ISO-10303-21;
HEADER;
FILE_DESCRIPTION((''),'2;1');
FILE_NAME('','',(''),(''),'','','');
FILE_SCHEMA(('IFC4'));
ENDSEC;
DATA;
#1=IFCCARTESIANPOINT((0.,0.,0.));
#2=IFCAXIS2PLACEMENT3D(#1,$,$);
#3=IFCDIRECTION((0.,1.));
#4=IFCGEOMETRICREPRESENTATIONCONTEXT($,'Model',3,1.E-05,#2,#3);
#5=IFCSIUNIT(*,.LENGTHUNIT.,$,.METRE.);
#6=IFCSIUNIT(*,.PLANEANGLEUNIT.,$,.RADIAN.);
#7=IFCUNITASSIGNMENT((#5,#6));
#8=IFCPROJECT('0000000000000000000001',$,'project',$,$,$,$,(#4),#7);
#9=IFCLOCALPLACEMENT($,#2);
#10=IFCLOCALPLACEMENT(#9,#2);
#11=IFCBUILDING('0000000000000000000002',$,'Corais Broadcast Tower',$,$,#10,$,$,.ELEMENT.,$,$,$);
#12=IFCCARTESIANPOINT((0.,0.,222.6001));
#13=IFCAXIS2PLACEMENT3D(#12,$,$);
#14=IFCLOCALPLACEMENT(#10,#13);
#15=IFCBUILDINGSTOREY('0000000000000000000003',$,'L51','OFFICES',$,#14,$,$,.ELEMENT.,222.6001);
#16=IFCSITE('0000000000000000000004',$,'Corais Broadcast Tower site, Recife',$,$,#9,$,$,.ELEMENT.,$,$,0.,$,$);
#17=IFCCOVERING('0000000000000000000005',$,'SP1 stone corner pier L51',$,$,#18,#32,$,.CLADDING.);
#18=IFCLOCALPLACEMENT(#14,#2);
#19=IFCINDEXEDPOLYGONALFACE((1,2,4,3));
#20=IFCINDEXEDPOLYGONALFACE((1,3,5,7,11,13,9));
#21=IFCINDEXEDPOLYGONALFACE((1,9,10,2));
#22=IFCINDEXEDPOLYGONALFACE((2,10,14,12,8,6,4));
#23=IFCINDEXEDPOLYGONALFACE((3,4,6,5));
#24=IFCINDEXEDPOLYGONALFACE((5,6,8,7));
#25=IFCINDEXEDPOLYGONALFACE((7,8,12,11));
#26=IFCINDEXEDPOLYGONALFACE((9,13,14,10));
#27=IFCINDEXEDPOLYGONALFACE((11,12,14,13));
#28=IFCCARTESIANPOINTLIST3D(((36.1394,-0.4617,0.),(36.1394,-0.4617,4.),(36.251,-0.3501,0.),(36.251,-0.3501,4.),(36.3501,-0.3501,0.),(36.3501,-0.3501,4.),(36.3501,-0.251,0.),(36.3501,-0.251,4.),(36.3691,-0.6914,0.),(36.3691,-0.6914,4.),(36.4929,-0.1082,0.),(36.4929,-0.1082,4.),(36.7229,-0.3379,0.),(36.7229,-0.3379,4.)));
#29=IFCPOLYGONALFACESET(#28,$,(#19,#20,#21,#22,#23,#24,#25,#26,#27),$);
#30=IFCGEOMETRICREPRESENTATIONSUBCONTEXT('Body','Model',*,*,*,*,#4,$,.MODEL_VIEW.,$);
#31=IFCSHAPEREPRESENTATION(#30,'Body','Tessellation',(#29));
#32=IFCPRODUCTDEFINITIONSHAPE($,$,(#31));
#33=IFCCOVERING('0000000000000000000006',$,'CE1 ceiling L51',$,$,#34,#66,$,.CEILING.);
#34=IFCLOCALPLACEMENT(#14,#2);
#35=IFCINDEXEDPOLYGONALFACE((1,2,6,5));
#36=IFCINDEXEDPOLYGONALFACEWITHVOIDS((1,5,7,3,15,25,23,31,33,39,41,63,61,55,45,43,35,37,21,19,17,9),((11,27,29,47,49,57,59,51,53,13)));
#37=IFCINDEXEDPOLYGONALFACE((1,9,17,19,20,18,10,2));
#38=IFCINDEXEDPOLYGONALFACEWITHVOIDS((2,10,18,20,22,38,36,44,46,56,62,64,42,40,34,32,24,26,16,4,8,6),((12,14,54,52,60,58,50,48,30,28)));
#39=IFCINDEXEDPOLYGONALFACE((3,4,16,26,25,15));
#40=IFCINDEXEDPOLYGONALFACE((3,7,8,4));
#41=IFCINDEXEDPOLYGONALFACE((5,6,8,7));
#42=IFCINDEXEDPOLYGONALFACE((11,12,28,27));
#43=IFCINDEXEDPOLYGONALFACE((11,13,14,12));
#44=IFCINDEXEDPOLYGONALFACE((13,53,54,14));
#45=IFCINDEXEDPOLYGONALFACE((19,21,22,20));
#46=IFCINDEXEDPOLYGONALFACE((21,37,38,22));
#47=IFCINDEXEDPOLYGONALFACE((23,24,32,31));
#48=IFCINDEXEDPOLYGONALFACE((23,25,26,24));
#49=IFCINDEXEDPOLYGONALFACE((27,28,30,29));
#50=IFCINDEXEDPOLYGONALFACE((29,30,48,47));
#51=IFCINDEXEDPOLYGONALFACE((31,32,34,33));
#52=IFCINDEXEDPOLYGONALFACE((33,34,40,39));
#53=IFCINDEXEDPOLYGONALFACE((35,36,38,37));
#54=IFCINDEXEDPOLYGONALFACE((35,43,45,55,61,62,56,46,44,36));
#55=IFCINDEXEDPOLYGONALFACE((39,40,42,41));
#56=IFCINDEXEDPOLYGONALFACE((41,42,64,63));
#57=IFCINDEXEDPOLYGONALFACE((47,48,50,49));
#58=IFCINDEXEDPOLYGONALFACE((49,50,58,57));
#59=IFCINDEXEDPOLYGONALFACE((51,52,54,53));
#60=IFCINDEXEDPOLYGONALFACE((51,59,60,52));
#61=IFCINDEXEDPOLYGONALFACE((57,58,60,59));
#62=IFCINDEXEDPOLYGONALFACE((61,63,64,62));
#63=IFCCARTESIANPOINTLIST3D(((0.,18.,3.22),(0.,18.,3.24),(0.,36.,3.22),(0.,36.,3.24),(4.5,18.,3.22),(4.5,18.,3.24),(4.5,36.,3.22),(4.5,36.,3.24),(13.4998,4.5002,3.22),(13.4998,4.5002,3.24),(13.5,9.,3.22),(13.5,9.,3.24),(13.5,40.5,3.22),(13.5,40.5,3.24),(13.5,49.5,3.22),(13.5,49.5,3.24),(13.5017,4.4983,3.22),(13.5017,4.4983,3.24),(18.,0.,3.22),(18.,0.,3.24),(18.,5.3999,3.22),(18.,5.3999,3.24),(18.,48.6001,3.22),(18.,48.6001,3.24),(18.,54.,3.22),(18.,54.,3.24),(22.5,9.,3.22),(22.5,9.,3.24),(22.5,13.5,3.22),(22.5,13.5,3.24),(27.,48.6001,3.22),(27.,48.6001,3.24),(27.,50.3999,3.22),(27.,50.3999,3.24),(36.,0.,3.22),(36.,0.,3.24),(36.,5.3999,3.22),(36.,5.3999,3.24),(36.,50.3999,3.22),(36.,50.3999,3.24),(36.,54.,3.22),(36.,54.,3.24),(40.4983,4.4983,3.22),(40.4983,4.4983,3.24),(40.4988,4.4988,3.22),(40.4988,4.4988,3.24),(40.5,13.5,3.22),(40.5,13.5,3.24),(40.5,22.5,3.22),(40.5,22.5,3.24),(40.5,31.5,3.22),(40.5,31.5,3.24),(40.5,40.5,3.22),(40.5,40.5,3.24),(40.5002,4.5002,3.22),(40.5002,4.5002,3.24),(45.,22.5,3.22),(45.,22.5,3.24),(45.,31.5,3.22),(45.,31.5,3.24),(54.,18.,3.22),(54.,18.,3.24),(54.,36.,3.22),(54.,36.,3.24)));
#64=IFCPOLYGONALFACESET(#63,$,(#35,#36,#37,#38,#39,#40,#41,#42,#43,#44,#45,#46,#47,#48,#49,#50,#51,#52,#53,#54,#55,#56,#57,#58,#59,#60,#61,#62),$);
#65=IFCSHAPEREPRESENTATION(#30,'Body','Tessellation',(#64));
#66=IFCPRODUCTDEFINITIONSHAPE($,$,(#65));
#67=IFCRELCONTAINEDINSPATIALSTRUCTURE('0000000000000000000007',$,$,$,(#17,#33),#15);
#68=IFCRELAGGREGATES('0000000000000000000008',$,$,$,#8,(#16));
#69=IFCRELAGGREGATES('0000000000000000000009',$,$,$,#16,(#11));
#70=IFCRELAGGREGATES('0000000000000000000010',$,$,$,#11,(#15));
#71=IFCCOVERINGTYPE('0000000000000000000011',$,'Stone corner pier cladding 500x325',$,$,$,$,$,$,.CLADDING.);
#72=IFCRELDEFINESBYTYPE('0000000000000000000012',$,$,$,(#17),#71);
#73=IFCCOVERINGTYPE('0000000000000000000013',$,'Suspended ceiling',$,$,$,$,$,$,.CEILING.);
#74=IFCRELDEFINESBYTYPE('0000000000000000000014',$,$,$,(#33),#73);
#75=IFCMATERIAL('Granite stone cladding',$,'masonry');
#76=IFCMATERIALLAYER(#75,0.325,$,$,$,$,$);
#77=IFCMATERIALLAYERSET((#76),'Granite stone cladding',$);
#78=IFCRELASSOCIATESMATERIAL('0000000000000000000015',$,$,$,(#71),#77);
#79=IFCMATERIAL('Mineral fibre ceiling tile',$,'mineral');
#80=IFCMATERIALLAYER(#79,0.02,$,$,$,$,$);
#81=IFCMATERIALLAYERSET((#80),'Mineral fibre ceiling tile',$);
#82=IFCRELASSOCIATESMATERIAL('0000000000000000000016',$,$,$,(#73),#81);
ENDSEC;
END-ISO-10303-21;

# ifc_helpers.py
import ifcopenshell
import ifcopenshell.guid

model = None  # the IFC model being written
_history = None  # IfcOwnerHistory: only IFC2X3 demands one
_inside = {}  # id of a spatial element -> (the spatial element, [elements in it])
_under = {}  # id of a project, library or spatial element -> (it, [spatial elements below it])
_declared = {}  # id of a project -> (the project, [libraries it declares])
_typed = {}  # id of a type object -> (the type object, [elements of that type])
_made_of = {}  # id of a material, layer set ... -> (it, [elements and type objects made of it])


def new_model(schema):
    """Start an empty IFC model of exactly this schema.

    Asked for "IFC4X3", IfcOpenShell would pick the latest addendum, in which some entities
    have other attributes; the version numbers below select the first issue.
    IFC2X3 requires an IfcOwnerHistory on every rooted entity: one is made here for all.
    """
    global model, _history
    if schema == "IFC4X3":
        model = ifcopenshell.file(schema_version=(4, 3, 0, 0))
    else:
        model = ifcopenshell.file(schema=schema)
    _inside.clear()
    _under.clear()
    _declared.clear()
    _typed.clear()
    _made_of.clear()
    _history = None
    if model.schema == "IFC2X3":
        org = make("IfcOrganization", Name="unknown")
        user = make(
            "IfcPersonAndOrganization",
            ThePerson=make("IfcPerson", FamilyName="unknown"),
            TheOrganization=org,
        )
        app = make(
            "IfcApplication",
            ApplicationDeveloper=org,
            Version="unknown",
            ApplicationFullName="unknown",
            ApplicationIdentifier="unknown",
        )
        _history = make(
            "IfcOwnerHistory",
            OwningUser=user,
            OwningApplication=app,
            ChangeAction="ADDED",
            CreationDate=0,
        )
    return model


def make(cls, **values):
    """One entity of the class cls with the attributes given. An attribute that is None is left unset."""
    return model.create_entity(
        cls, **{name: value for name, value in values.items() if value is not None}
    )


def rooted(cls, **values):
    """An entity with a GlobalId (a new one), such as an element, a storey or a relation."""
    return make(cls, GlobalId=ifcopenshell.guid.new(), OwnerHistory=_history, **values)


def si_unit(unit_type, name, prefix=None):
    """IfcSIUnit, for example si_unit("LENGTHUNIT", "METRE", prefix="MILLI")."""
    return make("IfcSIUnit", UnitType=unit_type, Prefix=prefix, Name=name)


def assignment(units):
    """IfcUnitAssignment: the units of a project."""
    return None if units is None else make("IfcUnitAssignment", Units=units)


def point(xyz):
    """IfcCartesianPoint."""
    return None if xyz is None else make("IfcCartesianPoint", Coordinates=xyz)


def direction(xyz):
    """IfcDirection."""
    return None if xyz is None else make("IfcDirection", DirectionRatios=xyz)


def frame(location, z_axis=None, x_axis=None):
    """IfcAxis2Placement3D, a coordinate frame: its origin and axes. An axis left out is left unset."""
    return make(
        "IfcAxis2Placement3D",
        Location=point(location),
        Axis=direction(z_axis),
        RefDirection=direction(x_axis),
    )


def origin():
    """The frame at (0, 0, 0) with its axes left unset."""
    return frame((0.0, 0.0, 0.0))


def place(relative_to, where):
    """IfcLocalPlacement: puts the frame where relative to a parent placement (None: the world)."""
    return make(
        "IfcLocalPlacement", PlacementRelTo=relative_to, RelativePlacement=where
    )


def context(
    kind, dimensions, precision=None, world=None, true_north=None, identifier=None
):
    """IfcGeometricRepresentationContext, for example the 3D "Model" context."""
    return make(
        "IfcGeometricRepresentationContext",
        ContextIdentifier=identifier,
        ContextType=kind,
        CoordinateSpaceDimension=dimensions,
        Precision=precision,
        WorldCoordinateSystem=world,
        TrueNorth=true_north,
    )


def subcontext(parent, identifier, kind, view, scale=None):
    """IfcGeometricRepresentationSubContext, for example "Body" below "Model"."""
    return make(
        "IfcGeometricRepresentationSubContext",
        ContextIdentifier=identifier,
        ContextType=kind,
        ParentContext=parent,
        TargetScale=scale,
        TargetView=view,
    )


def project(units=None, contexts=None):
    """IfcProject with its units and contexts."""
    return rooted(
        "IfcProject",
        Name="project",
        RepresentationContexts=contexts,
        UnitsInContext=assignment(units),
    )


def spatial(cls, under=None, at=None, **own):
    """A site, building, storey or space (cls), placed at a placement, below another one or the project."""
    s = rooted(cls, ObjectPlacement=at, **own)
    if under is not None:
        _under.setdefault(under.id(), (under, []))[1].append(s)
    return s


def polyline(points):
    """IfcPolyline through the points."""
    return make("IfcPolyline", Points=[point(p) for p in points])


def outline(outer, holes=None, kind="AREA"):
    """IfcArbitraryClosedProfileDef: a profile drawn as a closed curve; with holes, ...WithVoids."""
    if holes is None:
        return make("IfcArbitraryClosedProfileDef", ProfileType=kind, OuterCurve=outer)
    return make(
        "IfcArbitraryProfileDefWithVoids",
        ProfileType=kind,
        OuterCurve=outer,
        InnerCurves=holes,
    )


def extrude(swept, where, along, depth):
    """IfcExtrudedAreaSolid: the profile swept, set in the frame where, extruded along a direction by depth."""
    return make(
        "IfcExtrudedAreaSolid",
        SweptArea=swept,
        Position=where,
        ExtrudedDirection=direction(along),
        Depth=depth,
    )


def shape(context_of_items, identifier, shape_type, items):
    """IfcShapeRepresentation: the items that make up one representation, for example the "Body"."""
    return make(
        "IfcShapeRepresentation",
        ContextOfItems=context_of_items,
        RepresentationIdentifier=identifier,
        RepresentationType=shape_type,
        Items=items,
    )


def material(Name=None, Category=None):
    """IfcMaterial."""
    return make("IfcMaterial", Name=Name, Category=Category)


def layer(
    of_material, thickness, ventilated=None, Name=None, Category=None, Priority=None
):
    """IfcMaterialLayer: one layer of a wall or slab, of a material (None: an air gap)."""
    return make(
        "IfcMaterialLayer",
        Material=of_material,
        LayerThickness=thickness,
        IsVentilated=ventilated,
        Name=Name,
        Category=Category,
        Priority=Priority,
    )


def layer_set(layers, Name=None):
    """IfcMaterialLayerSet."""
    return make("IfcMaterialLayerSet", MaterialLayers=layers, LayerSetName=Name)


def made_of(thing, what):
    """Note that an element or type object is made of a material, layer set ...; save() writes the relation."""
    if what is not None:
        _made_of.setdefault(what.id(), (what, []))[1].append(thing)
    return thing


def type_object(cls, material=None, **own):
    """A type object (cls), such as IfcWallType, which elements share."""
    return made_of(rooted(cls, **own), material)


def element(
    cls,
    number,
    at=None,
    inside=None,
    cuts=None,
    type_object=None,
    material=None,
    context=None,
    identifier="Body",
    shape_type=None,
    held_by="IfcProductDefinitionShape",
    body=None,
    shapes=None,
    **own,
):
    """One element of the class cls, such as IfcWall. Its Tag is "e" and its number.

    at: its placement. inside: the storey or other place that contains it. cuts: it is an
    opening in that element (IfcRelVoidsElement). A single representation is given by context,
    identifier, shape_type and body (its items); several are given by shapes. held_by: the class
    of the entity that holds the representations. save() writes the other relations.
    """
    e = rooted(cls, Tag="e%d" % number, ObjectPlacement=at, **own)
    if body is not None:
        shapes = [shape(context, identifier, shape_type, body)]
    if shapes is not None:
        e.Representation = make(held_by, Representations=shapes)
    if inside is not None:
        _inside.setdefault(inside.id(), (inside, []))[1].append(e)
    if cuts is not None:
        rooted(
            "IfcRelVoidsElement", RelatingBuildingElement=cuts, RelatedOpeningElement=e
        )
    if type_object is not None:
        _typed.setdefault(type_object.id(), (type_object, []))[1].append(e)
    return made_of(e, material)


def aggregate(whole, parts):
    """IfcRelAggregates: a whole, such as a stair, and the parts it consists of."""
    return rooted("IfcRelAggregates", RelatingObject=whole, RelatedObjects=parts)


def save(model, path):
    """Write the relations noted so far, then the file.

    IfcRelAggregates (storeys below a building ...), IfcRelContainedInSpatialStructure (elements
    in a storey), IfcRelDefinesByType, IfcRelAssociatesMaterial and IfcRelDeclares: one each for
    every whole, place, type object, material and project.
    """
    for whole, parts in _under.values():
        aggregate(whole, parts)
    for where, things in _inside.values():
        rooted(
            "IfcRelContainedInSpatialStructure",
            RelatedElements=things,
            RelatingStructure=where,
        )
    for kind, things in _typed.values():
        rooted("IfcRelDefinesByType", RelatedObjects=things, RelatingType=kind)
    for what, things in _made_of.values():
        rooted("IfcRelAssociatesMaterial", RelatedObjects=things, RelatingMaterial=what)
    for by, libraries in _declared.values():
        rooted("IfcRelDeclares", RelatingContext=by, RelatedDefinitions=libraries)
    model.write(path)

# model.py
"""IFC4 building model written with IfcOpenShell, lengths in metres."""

from ifc_helpers import new_model, si_unit, direction, frame, origin, place, context, subcontext, project, spatial, polyline, outline, extrude, material, layer, layer_set, type_object, element, save


model = new_model("IFC4")

# Units and contexts
model_context = context("Model", 3, precision=1e-05, world=origin(), true_north=direction((0.0, 1.0)))
body_context = subcontext(model_context, "Body", "Model", "MODEL_VIEW")
ifc_project = project(units=[si_unit("LENGTHUNIT", "METRE"), si_unit("PLANEANGLEUNIT", "RADIAN")], contexts=[model_context])

# Site, building, storey
site_placement = place(None, origin())
site = spatial("IfcSite", under=ifc_project, at=site_placement, Name="Corais Broadcast Tower site, Recife", CompositionType="ELEMENT", RefElevation=0.0)
building_placement = place(site_placement, origin())
building = spatial("IfcBuilding", under=site, at=building_placement, Name="Corais Broadcast Tower", CompositionType="ELEMENT")
storey_placement = place(building_placement, frame((0.0, 0.0, 222.6001)))
storey = spatial("IfcBuildingStorey", under=building, at=storey_placement, Name="L51", Description="OFFICES", CompositionType="ELEMENT", Elevation=222.6001)

# Coverings
ifc_material_1 = material(Name="Granite stone cladding", Category="masonry")
ifc_layer_1 = layer(ifc_material_1, 0.325)
ifc_layer_set_1 = layer_set([ifc_layer_1], Name="Granite stone cladding")
covering_type_1 = type_object("IfcCoveringType", Name="Stone corner pier cladding 500x325", PredefinedType="CLADDING", material=ifc_layer_set_1)
covering_1_placement = place(storey_placement, origin())
element("IfcCovering", 1, at=covering_1_placement, inside=storey, type_object=covering_type_1, Name="SP1 stone corner pier L51", PredefinedType="CLADDING", context=body_context, shape_type="SweptSolid", body=[
    extrude(outline(polyline([(36.251, -0.3501), (36.1394, -0.4617), (36.3691, -0.6914), (36.7229, -0.3379), (36.4929, -0.1082), (36.3501, -0.251), (36.3501, -0.3501), (36.251, -0.3501)])), origin(), (0.0, 0.0, 1.0), 4.0),
])
ifc_material_2 = material(Name="Mineral fibre ceiling tile", Category="mineral")
ifc_layer_2 = layer(ifc_material_2, 0.02)
ifc_layer_set_2 = layer_set([ifc_layer_2], Name="Mineral fibre ceiling tile")
covering_type_2 = type_object("IfcCoveringType", Name="Suspended ceiling", PredefinedType="CEILING", material=ifc_layer_set_2)
covering_2_placement = place(storey_placement, frame((0.0, 0.0, 3.22)))
element("IfcCovering", 2, at=covering_2_placement, inside=storey, type_object=covering_type_2, Name="CE1 ceiling L51", PredefinedType="CEILING", context=body_context, shape_type="SweptSolid", body=[
    extrude(outline(polyline([(13.5, 49.5), (18.0, 54.0), (18.0, 48.6001), (27.0, 48.6001), (27.0, 50.3999), (36.0, 50.3999), (36.0, 54.0), (54.0, 36.0), (54.0, 18.0), (40.5002, 4.5002), (40.4988, 4.4988), (40.4983, 4.4983), (36.0, 0.0), (36.0, 5.3999), (18.0, 5.3999), (18.0, 0.0), (13.5017, 4.4983), (13.4998, 4.5002), (0.0, 18.0), (4.5, 18.0), (4.5, 36.0), (0.0, 36.0), (13.5, 49.5)]), holes=[polyline([(45.0, 22.5), (45.0, 31.5), (40.5, 31.5), (40.5, 40.5), (13.5, 40.5), (13.5, 9.0), (22.5, 9.0), (22.5, 13.5), (40.5, 13.5), (40.5, 22.5), (45.0, 22.5)])]), origin(), (0.0, 0.0, 1.0), 0.02),
])

save(model, "model.ifc")
